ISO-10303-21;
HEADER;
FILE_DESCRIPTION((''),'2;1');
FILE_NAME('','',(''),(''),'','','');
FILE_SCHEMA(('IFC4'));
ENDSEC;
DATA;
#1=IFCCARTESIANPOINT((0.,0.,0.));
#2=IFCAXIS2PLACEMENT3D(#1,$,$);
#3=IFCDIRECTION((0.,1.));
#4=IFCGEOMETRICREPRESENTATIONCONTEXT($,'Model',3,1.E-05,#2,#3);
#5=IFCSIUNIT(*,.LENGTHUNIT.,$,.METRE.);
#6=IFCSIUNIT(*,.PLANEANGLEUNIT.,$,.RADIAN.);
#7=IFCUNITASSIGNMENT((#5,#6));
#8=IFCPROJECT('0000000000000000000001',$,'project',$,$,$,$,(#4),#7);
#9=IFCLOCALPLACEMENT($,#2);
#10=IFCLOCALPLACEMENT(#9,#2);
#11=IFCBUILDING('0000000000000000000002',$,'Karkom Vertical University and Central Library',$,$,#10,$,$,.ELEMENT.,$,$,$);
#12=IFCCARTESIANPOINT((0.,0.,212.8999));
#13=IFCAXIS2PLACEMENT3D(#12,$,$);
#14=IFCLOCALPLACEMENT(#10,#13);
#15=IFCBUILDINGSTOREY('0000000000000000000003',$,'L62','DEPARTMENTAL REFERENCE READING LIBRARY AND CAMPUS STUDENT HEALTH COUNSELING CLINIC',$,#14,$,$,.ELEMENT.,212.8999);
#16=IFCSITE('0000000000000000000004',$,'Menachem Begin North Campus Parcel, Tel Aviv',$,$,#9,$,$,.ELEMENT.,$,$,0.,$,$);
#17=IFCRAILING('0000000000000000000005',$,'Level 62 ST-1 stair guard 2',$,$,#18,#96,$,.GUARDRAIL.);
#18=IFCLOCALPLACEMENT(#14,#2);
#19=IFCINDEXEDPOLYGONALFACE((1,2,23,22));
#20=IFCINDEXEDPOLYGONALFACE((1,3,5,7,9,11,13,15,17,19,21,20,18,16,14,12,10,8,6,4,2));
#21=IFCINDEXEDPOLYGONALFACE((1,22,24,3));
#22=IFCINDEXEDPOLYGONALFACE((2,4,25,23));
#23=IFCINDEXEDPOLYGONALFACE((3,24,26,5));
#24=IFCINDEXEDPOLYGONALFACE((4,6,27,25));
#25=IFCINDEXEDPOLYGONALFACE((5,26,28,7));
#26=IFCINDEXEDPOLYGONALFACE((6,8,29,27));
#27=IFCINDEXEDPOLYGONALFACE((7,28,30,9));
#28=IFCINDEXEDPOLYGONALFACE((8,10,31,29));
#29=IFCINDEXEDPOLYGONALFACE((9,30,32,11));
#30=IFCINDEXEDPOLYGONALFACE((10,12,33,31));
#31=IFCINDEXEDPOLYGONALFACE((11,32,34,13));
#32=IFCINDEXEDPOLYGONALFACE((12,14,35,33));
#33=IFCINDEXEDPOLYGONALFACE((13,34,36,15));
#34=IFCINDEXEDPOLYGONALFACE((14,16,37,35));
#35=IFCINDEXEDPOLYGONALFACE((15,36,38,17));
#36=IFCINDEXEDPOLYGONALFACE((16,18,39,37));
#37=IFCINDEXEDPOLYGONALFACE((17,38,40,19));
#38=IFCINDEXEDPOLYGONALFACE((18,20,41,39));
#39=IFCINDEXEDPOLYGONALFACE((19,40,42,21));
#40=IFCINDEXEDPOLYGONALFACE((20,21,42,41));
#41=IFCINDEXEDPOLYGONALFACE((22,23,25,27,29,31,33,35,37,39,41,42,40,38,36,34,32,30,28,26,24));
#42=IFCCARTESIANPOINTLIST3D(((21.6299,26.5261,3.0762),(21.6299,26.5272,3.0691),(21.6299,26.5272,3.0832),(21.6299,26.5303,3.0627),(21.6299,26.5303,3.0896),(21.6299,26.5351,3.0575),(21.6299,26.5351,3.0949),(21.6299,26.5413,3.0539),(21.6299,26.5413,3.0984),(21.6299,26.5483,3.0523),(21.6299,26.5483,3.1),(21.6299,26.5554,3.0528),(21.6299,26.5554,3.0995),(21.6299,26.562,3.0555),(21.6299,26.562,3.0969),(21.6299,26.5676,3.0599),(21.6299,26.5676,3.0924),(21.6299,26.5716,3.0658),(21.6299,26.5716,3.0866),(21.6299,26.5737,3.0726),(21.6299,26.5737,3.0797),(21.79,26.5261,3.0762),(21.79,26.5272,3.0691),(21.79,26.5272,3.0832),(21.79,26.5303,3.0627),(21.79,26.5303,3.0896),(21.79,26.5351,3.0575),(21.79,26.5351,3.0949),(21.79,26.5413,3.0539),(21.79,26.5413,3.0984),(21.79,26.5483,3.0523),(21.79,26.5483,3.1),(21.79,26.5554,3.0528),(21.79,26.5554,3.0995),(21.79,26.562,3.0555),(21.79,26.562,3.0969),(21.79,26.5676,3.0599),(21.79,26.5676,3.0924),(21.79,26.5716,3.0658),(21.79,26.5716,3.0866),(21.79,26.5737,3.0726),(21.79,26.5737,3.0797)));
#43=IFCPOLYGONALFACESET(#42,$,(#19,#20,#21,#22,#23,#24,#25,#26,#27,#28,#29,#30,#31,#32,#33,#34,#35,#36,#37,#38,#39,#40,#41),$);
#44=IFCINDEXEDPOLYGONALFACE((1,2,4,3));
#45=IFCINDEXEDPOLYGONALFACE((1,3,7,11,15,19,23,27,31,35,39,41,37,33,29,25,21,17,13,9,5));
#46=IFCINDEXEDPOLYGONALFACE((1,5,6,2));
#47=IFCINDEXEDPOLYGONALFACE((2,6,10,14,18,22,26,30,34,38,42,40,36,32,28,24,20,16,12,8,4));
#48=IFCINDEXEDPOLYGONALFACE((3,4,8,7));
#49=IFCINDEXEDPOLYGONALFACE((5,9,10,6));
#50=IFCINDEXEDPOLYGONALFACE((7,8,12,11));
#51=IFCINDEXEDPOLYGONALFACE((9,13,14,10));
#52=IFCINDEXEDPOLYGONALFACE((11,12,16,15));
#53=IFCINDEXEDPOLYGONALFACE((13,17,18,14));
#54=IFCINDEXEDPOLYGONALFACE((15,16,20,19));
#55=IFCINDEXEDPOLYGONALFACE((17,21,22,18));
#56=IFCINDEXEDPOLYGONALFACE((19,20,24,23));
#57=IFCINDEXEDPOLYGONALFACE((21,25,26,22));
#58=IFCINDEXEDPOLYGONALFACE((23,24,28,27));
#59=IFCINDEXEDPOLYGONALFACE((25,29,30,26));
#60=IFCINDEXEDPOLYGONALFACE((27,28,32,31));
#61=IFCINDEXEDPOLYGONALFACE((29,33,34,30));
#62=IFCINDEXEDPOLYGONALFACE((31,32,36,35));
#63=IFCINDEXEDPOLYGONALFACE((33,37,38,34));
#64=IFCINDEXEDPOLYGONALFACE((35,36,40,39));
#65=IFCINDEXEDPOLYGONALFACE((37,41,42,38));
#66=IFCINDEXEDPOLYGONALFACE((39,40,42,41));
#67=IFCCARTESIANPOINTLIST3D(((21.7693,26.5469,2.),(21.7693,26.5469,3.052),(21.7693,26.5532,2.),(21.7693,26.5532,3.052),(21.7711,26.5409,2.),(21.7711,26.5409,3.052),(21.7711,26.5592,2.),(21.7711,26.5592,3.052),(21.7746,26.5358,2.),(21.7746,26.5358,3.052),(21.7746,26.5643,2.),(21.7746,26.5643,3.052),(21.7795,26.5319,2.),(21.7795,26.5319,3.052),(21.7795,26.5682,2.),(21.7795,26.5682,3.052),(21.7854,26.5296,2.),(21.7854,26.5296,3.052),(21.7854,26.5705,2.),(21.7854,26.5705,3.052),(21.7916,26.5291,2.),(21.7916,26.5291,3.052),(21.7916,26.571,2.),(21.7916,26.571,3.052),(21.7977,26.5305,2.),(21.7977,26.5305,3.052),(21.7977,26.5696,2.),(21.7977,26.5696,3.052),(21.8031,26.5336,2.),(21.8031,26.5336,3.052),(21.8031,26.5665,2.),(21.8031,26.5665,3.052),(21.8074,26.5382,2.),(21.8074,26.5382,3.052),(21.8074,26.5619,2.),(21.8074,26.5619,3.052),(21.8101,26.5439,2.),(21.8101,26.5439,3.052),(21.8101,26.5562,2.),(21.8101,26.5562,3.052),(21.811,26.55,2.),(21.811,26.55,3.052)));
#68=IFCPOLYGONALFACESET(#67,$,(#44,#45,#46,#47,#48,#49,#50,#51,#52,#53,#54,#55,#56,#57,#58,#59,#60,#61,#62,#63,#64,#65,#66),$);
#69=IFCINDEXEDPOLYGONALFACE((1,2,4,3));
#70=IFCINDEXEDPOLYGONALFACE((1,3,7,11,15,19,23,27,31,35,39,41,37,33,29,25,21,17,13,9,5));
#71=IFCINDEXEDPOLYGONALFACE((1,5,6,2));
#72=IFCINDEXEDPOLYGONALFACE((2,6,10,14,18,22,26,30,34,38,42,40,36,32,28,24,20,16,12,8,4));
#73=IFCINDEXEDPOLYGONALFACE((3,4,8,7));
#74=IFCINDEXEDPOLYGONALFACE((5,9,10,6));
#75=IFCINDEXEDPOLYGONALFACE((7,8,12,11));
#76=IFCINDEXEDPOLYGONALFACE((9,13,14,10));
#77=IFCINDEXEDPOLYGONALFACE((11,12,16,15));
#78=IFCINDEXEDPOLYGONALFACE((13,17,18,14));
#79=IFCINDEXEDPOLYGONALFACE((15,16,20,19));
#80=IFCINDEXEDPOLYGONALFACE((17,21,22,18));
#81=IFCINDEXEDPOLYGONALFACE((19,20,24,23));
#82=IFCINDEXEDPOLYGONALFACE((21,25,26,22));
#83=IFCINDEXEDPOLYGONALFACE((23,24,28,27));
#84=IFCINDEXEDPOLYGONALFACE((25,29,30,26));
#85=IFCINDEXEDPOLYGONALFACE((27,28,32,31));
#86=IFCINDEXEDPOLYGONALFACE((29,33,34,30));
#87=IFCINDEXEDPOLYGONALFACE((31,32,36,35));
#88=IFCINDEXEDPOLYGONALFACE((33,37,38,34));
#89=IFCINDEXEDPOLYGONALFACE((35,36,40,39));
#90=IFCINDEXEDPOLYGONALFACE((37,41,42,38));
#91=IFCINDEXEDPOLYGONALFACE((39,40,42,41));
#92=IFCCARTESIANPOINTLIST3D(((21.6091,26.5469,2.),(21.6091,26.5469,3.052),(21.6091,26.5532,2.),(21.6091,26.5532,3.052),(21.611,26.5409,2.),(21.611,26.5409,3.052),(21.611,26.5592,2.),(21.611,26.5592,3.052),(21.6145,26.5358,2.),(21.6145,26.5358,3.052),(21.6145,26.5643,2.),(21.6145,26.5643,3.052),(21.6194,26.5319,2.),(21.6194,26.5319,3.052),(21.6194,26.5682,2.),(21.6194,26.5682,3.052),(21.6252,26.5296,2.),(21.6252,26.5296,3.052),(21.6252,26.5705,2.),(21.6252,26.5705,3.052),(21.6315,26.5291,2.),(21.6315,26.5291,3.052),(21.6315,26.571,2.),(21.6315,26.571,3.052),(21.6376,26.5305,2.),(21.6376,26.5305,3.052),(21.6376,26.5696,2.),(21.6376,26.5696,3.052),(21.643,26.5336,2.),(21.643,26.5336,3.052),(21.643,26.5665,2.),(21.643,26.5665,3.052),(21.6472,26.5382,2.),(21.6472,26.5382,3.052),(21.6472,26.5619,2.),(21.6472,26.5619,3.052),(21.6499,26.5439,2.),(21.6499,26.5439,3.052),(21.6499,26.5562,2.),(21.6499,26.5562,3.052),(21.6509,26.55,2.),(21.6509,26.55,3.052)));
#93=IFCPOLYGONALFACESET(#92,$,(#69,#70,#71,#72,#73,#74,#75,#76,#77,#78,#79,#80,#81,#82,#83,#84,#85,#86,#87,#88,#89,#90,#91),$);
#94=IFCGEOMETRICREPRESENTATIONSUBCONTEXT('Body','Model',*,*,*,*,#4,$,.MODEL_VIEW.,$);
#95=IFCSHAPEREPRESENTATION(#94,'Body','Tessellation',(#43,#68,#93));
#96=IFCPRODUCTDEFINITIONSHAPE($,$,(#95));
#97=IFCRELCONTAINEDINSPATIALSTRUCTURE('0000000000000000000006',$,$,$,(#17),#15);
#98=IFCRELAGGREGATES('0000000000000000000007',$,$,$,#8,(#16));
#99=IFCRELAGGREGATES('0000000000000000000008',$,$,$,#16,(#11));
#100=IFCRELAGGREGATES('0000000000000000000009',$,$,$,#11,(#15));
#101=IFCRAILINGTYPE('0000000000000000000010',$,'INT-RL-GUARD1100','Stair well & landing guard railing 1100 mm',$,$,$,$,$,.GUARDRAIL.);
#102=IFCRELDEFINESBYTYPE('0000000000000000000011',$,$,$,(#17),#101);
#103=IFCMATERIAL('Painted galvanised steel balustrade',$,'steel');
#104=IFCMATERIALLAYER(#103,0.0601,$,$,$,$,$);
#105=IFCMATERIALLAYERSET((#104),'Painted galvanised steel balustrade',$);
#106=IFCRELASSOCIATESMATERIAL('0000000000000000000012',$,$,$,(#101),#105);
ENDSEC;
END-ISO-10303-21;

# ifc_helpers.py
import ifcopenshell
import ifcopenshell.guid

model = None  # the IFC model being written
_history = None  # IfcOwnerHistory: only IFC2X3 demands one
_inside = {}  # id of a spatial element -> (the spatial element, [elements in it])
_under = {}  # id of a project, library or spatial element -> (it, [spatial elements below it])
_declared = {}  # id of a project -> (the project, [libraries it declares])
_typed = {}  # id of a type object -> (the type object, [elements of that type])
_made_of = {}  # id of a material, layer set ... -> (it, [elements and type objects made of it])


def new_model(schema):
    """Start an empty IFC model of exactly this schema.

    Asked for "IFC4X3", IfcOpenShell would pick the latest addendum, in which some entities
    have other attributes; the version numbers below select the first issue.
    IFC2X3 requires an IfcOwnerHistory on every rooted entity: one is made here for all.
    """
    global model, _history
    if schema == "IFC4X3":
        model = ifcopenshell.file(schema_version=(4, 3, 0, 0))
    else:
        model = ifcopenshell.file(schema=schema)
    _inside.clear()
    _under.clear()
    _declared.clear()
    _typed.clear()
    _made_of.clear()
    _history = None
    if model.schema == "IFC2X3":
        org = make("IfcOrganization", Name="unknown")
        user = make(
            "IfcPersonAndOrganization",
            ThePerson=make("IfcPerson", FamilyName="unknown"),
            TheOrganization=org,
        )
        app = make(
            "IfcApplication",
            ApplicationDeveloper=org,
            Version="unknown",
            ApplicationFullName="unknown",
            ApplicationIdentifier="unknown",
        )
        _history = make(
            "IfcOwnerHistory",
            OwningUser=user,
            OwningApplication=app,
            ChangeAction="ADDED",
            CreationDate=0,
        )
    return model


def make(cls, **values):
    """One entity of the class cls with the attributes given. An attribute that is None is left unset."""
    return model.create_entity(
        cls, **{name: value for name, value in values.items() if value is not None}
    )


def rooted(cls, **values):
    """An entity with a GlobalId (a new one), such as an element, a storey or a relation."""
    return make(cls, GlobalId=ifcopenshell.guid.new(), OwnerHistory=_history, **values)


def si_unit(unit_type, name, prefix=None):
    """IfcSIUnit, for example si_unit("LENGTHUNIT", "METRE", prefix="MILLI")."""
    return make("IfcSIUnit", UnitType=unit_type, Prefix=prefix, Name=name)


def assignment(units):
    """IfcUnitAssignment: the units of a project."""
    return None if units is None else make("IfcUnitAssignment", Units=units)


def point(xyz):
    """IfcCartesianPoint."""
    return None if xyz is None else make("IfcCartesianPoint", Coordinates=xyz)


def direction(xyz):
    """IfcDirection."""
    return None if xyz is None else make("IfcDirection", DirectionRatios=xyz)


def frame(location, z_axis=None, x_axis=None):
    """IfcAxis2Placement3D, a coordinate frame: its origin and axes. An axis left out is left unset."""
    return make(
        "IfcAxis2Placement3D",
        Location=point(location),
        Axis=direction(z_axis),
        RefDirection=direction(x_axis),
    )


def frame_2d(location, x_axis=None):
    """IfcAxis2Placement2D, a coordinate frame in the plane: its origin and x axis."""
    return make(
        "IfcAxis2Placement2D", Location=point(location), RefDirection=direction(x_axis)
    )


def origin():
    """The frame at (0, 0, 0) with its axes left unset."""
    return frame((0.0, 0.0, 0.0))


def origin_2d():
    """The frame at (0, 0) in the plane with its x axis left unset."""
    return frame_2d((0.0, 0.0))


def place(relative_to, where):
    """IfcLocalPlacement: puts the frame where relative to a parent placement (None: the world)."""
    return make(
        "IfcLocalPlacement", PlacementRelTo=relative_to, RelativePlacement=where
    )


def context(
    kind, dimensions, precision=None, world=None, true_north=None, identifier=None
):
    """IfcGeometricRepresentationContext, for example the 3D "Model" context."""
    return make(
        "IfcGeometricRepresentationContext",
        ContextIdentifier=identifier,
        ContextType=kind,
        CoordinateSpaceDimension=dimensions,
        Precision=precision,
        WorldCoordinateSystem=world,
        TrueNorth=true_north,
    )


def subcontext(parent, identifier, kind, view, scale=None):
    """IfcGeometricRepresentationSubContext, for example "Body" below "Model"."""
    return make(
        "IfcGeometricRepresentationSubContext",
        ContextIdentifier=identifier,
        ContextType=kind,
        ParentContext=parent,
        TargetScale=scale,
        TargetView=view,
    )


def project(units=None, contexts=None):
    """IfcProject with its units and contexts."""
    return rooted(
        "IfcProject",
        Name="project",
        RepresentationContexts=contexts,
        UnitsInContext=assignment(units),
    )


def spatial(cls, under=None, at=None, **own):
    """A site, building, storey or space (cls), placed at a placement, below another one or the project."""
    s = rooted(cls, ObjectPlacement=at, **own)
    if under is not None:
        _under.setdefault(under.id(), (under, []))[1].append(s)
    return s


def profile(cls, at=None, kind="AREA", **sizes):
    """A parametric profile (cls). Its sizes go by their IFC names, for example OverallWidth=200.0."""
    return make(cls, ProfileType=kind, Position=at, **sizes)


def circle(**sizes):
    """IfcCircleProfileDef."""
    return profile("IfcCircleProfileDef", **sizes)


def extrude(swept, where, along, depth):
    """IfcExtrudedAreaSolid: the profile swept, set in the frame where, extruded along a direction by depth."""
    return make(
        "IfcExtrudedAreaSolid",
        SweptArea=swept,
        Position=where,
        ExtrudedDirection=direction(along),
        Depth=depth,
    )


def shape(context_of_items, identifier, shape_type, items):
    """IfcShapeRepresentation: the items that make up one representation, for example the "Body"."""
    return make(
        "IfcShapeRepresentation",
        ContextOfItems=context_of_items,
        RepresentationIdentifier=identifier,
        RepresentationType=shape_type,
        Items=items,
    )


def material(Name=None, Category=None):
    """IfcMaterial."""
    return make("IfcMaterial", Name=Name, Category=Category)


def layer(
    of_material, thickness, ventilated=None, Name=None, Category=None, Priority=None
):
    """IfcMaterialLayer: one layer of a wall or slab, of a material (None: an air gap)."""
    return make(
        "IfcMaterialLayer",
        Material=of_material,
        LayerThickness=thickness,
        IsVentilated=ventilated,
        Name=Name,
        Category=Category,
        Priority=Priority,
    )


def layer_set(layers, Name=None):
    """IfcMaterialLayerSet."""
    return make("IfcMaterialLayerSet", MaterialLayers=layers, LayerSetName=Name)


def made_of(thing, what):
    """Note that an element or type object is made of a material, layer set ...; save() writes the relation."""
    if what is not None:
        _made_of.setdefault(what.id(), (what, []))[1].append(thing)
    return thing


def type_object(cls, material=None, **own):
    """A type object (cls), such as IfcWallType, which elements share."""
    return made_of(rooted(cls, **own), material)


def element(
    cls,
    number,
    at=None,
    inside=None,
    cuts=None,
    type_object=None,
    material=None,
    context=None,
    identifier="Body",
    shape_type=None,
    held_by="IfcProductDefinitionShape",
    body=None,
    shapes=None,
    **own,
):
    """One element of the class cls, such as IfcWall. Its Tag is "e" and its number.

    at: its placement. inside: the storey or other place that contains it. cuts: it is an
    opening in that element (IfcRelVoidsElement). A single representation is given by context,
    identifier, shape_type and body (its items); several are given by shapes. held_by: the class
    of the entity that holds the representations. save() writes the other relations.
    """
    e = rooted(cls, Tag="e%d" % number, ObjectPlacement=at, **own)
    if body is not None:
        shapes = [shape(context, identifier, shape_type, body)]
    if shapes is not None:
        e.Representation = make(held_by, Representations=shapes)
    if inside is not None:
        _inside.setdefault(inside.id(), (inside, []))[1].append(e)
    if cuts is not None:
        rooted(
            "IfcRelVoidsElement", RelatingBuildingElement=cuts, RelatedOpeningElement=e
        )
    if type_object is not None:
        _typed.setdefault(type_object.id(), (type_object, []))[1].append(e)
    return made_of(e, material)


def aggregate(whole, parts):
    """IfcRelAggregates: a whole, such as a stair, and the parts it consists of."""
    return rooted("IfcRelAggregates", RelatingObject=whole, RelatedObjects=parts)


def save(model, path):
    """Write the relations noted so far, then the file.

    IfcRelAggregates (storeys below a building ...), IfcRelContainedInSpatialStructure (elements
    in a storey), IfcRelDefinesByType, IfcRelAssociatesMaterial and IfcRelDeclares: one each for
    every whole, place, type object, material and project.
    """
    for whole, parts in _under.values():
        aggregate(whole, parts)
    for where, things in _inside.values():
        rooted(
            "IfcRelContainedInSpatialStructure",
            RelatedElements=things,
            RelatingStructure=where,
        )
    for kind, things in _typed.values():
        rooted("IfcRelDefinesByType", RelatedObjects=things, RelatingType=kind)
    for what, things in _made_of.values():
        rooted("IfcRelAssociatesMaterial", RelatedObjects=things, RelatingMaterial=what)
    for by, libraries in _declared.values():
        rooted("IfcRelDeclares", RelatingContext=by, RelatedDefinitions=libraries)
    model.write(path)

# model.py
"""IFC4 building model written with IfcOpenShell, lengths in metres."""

from ifc_helpers import new_model, si_unit, direction, frame, origin, origin_2d, place, context, subcontext, project, spatial, circle, extrude, material, layer, layer_set, type_object, element, save


model = new_model("IFC4")

# Units and contexts
model_context = context("Model", 3, precision=1e-05, world=origin(), true_north=direction((0.0, 1.0)))
body_context = subcontext(model_context, "Body", "Model", "MODEL_VIEW")
ifc_project = project(units=[si_unit("LENGTHUNIT", "METRE"), si_unit("PLANEANGLEUNIT", "RADIAN")], contexts=[model_context])

# Site, building, storey
site_placement = place(None, origin())
site = spatial("IfcSite", under=ifc_project, at=site_placement, Name="Menachem Begin North Campus Parcel, Tel Aviv", CompositionType="ELEMENT", RefElevation=0.0)
building_placement = place(site_placement, origin())
building = spatial("IfcBuilding", under=site, at=building_placement, Name="Karkom Vertical University and Central Library", CompositionType="ELEMENT")
storey_placement = place(building_placement, frame((0.0, 0.0, 212.8999)))
storey = spatial("IfcBuildingStorey", under=building, at=storey_placement, Name="L62", Description="DEPARTMENTAL REFERENCE READING LIBRARY AND CAMPUS STUDENT HEALTH COUNSELING CLINIC", CompositionType="ELEMENT", Elevation=212.8999)

# Railing
ifc_material_1 = material(Name="Painted galvanised steel balustrade", Category="steel")
ifc_layer_1 = layer(ifc_material_1, 0.0601)
ifc_layer_set_1 = layer_set([ifc_layer_1], Name="Painted galvanised steel balustrade")
railing_type_1 = type_object("IfcRailingType", Name="INT-RL-GUARD1100", Description="Stair well & landing guard railing 1100 mm", PredefinedType="GUARDRAIL", material=ifc_layer_set_1)
railing_1_placement = place(storey_placement, frame((21.79, 26.55, 2.0)))
element("IfcRailing", 1, at=railing_1_placement, inside=storey, type_object=railing_type_1, Name="Level 62 ST-1 stair guard 2", PredefinedType="GUARDRAIL", context=body_context, shape_type="SweptSolid", body=[
    extrude(circle(Radius=0.0239, at=origin_2d()), frame((0.0, 0.0, 1.0762), z_axis=(-1.0, 0.0, 0.0), x_axis=(0.0, -1.0, 0.0)), (0.0, 0.0, 1.0), 0.1602),
    extrude(circle(Radius=0.021, at=origin_2d()), origin(), (0.0, 0.0, 1.0), 1.052),
    extrude(circle(Radius=0.021, at=origin_2d()), frame((-0.1602, 0.0, 0.0)), (0.0, 0.0, 1.0), 1.052),
])

save(model, "model.ifc")
